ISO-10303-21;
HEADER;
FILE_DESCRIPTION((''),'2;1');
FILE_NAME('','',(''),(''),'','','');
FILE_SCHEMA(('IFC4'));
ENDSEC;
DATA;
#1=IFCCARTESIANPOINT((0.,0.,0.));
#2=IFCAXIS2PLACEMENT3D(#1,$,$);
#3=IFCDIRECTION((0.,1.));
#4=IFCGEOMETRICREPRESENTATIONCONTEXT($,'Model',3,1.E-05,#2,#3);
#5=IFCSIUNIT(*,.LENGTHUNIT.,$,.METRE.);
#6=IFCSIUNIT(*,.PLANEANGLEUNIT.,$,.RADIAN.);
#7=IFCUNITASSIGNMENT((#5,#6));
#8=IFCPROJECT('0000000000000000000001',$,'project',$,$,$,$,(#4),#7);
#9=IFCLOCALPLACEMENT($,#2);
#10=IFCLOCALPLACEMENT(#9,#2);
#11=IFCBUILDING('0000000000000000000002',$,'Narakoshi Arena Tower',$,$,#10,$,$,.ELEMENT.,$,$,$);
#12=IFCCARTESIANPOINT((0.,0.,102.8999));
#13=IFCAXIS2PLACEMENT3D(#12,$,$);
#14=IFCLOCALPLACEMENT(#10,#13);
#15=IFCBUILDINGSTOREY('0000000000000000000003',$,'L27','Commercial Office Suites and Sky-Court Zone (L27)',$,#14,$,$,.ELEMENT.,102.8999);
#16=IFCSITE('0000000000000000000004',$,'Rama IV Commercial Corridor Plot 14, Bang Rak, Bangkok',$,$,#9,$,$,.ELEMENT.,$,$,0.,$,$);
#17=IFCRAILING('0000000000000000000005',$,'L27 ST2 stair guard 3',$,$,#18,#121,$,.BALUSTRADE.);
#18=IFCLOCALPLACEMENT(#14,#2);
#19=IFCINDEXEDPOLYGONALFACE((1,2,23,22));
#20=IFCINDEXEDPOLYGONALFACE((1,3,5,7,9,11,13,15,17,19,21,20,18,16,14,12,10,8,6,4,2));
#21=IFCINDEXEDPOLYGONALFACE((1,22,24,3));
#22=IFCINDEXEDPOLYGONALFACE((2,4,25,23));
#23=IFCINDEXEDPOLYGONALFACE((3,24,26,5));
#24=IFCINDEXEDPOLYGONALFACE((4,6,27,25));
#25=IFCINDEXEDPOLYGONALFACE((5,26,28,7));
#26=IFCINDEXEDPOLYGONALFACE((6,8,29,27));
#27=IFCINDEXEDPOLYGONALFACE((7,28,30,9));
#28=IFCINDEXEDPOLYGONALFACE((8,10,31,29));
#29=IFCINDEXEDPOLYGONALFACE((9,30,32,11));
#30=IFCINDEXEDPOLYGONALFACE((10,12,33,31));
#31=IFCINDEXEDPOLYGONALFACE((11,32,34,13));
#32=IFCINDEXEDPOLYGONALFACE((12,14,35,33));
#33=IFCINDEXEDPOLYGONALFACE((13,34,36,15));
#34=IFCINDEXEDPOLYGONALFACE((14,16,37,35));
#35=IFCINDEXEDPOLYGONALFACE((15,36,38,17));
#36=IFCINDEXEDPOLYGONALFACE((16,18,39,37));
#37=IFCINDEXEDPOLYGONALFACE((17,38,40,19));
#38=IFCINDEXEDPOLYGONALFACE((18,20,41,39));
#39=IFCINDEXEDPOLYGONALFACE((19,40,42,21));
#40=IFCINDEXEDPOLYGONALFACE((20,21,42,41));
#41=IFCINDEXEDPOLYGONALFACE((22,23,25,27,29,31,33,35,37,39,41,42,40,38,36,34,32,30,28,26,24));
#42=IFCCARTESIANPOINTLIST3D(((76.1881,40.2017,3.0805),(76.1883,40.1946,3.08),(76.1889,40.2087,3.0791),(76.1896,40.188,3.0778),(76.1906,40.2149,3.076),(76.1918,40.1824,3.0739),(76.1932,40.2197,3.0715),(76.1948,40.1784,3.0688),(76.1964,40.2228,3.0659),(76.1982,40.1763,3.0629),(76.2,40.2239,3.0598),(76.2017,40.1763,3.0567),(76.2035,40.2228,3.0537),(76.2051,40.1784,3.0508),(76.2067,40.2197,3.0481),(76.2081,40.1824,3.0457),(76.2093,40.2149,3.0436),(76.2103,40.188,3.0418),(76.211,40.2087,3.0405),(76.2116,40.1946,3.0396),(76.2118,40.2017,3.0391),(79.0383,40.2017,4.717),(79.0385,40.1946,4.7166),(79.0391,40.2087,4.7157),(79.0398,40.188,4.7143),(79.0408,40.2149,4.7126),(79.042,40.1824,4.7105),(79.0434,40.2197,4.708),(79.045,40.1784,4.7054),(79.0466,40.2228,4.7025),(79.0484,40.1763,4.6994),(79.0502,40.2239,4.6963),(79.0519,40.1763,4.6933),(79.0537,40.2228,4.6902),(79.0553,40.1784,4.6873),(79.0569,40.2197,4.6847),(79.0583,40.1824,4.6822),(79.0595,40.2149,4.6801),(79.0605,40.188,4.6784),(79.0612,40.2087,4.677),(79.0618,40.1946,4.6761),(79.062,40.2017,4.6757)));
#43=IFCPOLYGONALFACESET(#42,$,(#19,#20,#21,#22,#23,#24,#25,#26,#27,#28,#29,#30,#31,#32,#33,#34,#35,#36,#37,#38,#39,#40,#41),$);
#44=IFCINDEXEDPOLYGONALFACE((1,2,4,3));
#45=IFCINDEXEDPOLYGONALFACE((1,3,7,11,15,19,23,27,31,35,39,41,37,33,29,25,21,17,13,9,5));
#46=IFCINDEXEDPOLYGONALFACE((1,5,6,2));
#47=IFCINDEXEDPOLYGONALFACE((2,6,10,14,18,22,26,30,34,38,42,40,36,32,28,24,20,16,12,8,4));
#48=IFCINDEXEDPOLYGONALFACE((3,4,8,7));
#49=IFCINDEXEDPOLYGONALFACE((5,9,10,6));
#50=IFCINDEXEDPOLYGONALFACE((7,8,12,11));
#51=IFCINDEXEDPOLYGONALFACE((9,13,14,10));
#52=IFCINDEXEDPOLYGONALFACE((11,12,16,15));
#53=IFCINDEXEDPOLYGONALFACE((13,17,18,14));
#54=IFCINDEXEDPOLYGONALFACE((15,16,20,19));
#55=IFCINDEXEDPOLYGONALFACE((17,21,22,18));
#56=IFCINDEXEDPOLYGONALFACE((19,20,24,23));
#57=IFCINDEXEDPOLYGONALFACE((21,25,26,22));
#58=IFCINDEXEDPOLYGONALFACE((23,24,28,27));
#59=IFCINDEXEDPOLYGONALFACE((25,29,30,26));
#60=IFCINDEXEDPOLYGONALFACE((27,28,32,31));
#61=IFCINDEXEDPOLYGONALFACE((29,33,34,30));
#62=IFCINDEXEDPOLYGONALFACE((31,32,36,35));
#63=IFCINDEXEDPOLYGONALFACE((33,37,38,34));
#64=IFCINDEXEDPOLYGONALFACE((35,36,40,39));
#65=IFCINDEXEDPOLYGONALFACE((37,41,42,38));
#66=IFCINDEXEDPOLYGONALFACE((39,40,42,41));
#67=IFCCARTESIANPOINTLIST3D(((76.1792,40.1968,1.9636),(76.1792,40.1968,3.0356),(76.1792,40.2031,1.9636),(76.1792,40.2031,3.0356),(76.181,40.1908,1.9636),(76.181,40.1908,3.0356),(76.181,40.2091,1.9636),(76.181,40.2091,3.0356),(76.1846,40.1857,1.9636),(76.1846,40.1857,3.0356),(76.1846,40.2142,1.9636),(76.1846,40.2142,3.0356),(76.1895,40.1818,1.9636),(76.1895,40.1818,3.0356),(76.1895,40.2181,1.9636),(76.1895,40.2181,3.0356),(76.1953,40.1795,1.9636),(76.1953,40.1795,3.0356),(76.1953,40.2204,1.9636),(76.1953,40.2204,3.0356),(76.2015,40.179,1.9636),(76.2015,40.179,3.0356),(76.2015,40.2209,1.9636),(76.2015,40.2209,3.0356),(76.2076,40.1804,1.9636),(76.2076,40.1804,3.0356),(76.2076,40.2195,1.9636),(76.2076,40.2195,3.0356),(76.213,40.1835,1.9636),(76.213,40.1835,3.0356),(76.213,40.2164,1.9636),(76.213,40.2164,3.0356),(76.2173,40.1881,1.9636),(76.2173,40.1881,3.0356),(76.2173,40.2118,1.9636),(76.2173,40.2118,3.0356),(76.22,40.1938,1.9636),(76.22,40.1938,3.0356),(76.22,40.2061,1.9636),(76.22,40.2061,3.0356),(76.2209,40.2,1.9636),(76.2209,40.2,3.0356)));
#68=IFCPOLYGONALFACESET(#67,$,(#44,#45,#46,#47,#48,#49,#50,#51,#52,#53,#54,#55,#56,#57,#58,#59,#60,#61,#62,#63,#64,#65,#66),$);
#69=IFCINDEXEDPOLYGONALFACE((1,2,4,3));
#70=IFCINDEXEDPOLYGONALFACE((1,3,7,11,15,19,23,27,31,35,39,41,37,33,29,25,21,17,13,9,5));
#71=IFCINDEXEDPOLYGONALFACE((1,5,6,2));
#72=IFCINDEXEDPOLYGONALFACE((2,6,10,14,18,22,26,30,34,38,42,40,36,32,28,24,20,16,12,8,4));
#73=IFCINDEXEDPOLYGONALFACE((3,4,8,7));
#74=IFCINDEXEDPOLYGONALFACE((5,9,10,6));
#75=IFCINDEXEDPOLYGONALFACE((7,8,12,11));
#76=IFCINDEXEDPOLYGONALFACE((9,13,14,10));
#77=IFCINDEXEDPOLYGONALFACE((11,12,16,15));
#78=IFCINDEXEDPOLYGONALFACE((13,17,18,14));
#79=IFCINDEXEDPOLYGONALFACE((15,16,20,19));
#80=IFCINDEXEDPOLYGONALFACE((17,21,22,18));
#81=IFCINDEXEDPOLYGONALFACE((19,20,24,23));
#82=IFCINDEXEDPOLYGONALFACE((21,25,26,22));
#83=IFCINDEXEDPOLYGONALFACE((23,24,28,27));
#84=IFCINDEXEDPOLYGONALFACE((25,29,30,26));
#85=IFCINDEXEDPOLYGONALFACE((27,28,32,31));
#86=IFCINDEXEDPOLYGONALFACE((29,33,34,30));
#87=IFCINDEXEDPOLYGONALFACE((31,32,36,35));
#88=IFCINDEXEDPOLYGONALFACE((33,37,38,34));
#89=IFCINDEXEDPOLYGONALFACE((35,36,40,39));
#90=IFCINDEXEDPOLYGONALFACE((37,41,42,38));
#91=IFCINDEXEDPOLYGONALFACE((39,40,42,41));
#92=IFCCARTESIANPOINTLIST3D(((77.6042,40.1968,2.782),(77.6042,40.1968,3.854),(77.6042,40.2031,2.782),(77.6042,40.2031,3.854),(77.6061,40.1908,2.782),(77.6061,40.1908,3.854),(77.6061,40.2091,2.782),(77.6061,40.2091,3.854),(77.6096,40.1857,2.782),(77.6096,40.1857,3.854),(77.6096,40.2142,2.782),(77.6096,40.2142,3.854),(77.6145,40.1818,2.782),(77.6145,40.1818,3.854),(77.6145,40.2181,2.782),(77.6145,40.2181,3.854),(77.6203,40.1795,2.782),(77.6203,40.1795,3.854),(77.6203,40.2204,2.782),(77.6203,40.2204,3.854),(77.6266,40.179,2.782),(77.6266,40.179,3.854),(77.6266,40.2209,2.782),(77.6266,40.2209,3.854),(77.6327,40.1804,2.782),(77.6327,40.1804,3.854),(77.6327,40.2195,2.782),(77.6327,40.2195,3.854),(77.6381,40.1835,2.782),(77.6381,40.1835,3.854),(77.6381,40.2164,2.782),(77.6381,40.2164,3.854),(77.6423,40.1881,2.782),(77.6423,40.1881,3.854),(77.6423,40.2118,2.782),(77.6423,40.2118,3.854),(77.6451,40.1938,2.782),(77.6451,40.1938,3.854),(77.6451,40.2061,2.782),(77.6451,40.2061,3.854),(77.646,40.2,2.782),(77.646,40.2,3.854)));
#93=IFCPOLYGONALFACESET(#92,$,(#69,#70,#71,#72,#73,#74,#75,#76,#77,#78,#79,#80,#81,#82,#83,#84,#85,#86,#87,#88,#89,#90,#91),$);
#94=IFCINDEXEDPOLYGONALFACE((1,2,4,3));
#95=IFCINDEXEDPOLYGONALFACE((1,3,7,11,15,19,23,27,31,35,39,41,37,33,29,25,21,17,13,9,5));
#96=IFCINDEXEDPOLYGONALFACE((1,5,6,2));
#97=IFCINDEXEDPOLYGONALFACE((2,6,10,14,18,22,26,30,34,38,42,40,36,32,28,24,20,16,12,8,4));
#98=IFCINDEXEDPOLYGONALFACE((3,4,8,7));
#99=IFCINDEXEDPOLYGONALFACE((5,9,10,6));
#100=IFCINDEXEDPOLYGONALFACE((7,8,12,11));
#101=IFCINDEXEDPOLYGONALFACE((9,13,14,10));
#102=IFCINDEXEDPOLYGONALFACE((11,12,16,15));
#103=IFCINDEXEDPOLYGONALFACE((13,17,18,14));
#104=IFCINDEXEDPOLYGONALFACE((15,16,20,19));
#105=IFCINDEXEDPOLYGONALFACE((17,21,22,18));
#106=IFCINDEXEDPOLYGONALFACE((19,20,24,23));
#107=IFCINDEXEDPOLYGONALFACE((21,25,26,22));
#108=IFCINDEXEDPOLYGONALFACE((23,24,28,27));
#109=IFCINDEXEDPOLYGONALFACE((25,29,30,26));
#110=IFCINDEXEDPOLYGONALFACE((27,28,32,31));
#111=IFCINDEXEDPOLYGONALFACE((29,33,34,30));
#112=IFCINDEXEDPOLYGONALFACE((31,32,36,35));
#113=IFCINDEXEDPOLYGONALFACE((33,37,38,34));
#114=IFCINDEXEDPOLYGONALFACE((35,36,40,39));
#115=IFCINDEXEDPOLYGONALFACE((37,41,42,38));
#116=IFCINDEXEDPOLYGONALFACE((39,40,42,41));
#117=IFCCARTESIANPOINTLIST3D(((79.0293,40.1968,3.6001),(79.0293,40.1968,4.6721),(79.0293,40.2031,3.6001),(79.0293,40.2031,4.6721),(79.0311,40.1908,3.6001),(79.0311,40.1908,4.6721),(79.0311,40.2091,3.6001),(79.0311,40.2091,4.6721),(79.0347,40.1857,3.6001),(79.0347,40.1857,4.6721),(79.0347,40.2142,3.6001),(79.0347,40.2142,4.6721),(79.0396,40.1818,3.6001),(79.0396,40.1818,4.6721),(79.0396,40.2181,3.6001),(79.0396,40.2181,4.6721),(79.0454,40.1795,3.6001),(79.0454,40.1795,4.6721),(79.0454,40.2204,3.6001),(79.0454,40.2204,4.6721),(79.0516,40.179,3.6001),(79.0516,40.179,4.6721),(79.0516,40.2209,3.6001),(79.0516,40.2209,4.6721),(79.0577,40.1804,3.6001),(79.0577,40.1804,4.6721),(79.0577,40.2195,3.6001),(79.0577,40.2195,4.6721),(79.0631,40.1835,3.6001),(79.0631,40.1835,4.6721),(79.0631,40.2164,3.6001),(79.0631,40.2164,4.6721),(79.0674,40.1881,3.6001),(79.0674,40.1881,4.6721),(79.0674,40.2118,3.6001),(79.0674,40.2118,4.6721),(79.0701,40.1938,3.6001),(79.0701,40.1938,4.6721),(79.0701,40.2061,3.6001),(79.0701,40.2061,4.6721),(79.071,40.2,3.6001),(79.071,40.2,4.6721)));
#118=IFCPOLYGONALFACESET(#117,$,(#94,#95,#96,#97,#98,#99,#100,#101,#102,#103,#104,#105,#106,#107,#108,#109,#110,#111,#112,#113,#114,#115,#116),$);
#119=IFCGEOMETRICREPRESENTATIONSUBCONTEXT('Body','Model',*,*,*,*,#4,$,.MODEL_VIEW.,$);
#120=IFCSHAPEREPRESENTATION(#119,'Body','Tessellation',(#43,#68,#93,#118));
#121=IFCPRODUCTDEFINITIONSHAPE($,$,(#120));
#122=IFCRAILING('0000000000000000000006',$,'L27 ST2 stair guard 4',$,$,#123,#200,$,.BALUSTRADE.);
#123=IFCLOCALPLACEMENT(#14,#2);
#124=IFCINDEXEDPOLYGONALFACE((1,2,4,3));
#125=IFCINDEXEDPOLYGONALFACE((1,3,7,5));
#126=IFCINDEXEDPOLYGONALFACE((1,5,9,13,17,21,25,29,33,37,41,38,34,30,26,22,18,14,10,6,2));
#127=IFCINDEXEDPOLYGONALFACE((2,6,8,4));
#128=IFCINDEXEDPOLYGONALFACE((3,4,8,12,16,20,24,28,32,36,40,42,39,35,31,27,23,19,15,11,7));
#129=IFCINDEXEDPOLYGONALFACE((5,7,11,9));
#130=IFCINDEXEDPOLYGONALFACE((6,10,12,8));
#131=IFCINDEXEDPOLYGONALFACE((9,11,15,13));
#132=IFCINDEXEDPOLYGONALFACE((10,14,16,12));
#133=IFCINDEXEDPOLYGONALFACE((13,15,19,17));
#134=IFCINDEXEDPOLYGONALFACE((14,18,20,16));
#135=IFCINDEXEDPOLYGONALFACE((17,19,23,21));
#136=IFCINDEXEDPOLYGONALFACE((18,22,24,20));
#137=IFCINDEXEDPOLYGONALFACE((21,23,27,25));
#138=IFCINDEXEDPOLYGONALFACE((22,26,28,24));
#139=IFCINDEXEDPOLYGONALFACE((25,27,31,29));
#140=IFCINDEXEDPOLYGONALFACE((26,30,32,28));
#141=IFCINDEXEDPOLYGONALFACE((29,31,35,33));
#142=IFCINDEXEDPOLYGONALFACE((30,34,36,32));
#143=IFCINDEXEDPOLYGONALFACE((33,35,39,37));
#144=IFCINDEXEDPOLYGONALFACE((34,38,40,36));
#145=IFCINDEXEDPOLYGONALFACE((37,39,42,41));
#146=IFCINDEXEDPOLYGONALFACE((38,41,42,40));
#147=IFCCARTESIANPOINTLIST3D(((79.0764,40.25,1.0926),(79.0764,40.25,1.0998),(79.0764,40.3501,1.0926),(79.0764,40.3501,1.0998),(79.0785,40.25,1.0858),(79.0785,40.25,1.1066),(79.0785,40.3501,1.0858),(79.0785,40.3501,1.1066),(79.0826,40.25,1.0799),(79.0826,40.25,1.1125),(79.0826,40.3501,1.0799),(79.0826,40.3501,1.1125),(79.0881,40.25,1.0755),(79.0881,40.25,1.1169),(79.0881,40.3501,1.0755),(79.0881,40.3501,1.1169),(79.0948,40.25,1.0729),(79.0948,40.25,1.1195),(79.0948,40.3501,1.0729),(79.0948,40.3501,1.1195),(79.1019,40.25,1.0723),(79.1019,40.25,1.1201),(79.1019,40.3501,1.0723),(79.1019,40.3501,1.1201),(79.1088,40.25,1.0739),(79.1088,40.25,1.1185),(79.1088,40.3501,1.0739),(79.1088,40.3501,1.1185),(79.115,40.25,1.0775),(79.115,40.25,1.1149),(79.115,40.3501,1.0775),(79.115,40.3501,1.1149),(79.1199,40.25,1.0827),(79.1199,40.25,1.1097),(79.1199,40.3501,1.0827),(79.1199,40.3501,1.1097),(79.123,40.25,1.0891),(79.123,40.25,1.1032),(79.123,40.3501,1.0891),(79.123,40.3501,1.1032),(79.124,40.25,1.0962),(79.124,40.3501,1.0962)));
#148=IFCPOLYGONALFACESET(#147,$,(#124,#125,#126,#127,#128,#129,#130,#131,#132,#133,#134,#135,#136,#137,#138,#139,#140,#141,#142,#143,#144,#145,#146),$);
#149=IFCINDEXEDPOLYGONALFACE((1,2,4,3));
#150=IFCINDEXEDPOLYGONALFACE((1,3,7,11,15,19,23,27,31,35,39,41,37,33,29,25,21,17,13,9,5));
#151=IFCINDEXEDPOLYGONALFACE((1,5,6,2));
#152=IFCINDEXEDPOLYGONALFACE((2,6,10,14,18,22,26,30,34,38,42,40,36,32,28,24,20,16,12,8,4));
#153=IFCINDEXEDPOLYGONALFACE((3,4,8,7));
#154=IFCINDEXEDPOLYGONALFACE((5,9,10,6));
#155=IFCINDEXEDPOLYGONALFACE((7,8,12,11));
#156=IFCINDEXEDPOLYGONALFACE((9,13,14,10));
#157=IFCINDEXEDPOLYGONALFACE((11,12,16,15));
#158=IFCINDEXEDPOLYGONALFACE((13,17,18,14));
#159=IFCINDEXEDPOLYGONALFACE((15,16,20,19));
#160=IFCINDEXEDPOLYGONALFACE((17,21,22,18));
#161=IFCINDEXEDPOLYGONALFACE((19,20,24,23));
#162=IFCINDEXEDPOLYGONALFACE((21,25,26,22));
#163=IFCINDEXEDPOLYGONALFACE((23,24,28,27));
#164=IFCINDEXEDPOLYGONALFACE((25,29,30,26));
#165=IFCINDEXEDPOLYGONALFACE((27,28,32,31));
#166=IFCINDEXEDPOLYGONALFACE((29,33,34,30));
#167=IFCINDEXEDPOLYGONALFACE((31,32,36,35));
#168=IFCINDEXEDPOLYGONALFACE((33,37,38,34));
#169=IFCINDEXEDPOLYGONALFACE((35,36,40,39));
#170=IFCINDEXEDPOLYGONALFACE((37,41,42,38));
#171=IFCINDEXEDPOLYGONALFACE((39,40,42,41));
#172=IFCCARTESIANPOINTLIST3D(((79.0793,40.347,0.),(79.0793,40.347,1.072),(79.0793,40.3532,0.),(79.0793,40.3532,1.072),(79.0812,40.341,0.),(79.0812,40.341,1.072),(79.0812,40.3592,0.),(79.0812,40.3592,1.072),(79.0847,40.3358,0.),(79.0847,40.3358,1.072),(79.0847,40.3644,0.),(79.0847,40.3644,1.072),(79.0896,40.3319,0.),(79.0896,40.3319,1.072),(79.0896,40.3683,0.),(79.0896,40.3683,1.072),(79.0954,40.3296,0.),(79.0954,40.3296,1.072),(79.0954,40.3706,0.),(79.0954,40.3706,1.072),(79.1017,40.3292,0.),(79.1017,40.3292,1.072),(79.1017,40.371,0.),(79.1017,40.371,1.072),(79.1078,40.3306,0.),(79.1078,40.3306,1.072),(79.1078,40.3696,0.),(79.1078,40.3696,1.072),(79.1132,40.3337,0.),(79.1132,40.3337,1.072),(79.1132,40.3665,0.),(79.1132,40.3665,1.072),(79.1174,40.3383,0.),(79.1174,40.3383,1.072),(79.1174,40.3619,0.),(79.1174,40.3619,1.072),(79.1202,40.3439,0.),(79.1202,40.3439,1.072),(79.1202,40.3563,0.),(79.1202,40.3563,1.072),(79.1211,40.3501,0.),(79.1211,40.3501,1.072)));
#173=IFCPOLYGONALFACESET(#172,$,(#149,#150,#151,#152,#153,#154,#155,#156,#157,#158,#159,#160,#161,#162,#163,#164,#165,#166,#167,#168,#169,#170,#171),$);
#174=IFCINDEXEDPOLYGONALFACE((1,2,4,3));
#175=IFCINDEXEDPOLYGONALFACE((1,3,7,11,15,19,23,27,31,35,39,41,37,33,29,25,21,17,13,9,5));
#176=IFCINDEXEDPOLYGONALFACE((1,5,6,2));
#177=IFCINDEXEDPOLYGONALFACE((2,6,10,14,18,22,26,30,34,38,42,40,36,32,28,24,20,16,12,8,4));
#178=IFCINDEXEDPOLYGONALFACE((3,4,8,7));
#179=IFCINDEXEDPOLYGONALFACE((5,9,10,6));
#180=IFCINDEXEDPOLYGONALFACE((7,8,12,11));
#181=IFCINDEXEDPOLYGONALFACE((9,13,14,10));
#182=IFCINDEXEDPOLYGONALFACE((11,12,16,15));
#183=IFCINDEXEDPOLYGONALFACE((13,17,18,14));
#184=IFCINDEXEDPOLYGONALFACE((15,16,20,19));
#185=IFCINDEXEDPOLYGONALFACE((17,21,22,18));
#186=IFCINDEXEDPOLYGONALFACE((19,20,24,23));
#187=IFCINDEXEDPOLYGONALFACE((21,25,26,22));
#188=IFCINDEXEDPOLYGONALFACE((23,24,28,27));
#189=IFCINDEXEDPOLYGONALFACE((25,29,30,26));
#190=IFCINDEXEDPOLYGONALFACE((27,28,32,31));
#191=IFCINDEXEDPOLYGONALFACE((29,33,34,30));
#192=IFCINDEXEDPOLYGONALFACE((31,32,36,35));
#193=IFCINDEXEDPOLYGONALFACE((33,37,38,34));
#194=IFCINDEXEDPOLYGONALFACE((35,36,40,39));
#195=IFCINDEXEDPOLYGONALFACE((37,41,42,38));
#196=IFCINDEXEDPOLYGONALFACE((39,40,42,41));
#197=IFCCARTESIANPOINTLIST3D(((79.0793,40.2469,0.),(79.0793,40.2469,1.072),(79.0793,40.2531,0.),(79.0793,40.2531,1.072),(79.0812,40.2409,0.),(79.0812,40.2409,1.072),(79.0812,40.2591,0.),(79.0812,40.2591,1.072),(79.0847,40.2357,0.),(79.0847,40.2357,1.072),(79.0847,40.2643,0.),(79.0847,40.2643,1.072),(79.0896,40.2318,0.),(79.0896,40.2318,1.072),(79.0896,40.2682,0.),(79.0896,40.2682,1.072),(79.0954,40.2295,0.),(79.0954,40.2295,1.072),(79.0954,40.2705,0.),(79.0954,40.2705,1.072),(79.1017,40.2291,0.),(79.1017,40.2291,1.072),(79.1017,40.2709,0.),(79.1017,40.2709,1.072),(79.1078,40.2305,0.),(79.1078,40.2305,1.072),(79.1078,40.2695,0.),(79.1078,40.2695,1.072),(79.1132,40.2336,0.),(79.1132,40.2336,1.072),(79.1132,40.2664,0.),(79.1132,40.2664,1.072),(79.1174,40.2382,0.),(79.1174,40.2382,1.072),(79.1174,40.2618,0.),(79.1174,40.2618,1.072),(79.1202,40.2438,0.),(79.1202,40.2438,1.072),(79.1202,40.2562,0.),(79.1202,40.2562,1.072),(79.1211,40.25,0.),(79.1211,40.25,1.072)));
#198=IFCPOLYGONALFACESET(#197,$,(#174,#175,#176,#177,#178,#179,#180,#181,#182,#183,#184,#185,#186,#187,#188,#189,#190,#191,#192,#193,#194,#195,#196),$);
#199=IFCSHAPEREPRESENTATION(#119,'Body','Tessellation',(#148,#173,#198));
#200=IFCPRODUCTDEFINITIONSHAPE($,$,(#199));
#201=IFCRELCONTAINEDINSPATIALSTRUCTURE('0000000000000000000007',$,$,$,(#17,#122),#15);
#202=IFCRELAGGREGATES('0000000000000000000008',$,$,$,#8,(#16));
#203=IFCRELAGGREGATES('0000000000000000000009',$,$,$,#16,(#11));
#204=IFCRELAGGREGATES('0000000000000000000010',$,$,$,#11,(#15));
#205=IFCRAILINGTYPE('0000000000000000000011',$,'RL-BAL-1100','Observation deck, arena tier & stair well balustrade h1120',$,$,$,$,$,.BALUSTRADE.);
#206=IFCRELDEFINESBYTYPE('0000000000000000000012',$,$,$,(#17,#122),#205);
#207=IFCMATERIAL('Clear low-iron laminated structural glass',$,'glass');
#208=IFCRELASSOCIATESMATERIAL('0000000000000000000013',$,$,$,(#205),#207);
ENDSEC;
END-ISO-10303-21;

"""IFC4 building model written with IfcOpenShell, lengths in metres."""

from ifc_helpers import new_model, si_unit, direction, frame, origin, origin_2d, place, context, subcontext, project, spatial, circle, extrude, material, type_object, element, save


model = new_model("IFC4")

# Units and contexts
model_context = context("Model", 3, precision=1e-05, world=origin(), true_north=direction((0.0, 1.0)))
body_context = subcontext(model_context, "Body", "Model", "MODEL_VIEW")
ifc_project = project(units=[si_unit("LENGTHUNIT", "METRE"), si_unit("PLANEANGLEUNIT", "RADIAN")], contexts=[model_context])

# Site, building, storey
site_placement = place(None, origin())
site = spatial("IfcSite", under=ifc_project, at=site_placement, Name="Rama IV Commercial Corridor Plot 14, Bang Rak, Bangkok", CompositionType="ELEMENT", RefElevation=0.0)
building_placement = place(site_placement, origin())
building = spatial("IfcBuilding", under=site, at=building_placement, Name="Narakoshi Arena Tower", CompositionType="ELEMENT")
storey_placement = place(building_placement, frame((0.0, 0.0, 102.8999)))
storey = spatial("IfcBuildingStorey", under=building, at=storey_placement, Name="L27", Description="Commercial Office Suites and Sky-Court Zone (L27)", CompositionType="ELEMENT", Elevation=102.8999)

# Railings
ifc_material_1 = material(Name="Clear low-iron laminated structural glass", Category="glass")
railing_type_1 = type_object("IfcRailingType", Name="RL-BAL-1100", Description="Observation deck, arena tier & stair well balustrade h1120", PredefinedType="BALUSTRADE", material=ifc_material_1)
railing_1_placement = place(storey_placement, frame((76.2, 40.2, 1.9636)))
element("IfcRailing", 1, at=railing_1_placement, inside=storey, type_object=railing_type_1, Name="L27 ST2 stair guard 3", PredefinedType="BALUSTRADE", context=body_context, shape_type="SweptSolid", body=[
    extrude(circle(Radius=0.0239, at=origin_2d()), frame((0.0, 0.0, 1.0962), z_axis=(0.867213, 0.0, 0.497938), x_axis=(0.0, 1.0, 0.0)), (0.0, 0.0, 1.0), 3.2866),
    extrude(circle(Radius=0.021, at=origin_2d()), origin(), (0.0, 0.0, 1.0), 1.072),
    extrude(circle(Radius=0.021, at=origin_2d()), frame((1.425, 0.0, 0.8184)), (0.0, 0.0, 1.0), 1.072),
    extrude(circle(Radius=0.021, at=origin_2d()), frame((2.8501, 0.0, 1.6365)), (0.0, 0.0, 1.0), 1.072),
])
railing_2_placement = place(storey_placement, frame((79.1001, 40.3501, 0.0)))
element("IfcRailing", 2, at=railing_2_placement, inside=storey, type_object=railing_type_1, Name="L27 ST2 stair guard 4", PredefinedType="BALUSTRADE", context=body_context, shape_type="SweptSolid", body=[
    extrude(circle(Radius=0.0239, at=origin_2d()), frame((0.0, 0.0, 1.0962), z_axis=(0.0, -1.0, 0.0), x_axis=(1.0, 0.0, 0.0)), (0.0, 0.0, 1.0), 0.1001),
    extrude(circle(Radius=0.021, at=origin_2d()), origin(), (0.0, 0.0, 1.0), 1.072),
    extrude(circle(Radius=0.021, at=origin_2d()), frame((0.0, -0.1001, 0.0)), (0.0, 0.0, 1.0), 1.072),
])

save(model, "model.ifc")
